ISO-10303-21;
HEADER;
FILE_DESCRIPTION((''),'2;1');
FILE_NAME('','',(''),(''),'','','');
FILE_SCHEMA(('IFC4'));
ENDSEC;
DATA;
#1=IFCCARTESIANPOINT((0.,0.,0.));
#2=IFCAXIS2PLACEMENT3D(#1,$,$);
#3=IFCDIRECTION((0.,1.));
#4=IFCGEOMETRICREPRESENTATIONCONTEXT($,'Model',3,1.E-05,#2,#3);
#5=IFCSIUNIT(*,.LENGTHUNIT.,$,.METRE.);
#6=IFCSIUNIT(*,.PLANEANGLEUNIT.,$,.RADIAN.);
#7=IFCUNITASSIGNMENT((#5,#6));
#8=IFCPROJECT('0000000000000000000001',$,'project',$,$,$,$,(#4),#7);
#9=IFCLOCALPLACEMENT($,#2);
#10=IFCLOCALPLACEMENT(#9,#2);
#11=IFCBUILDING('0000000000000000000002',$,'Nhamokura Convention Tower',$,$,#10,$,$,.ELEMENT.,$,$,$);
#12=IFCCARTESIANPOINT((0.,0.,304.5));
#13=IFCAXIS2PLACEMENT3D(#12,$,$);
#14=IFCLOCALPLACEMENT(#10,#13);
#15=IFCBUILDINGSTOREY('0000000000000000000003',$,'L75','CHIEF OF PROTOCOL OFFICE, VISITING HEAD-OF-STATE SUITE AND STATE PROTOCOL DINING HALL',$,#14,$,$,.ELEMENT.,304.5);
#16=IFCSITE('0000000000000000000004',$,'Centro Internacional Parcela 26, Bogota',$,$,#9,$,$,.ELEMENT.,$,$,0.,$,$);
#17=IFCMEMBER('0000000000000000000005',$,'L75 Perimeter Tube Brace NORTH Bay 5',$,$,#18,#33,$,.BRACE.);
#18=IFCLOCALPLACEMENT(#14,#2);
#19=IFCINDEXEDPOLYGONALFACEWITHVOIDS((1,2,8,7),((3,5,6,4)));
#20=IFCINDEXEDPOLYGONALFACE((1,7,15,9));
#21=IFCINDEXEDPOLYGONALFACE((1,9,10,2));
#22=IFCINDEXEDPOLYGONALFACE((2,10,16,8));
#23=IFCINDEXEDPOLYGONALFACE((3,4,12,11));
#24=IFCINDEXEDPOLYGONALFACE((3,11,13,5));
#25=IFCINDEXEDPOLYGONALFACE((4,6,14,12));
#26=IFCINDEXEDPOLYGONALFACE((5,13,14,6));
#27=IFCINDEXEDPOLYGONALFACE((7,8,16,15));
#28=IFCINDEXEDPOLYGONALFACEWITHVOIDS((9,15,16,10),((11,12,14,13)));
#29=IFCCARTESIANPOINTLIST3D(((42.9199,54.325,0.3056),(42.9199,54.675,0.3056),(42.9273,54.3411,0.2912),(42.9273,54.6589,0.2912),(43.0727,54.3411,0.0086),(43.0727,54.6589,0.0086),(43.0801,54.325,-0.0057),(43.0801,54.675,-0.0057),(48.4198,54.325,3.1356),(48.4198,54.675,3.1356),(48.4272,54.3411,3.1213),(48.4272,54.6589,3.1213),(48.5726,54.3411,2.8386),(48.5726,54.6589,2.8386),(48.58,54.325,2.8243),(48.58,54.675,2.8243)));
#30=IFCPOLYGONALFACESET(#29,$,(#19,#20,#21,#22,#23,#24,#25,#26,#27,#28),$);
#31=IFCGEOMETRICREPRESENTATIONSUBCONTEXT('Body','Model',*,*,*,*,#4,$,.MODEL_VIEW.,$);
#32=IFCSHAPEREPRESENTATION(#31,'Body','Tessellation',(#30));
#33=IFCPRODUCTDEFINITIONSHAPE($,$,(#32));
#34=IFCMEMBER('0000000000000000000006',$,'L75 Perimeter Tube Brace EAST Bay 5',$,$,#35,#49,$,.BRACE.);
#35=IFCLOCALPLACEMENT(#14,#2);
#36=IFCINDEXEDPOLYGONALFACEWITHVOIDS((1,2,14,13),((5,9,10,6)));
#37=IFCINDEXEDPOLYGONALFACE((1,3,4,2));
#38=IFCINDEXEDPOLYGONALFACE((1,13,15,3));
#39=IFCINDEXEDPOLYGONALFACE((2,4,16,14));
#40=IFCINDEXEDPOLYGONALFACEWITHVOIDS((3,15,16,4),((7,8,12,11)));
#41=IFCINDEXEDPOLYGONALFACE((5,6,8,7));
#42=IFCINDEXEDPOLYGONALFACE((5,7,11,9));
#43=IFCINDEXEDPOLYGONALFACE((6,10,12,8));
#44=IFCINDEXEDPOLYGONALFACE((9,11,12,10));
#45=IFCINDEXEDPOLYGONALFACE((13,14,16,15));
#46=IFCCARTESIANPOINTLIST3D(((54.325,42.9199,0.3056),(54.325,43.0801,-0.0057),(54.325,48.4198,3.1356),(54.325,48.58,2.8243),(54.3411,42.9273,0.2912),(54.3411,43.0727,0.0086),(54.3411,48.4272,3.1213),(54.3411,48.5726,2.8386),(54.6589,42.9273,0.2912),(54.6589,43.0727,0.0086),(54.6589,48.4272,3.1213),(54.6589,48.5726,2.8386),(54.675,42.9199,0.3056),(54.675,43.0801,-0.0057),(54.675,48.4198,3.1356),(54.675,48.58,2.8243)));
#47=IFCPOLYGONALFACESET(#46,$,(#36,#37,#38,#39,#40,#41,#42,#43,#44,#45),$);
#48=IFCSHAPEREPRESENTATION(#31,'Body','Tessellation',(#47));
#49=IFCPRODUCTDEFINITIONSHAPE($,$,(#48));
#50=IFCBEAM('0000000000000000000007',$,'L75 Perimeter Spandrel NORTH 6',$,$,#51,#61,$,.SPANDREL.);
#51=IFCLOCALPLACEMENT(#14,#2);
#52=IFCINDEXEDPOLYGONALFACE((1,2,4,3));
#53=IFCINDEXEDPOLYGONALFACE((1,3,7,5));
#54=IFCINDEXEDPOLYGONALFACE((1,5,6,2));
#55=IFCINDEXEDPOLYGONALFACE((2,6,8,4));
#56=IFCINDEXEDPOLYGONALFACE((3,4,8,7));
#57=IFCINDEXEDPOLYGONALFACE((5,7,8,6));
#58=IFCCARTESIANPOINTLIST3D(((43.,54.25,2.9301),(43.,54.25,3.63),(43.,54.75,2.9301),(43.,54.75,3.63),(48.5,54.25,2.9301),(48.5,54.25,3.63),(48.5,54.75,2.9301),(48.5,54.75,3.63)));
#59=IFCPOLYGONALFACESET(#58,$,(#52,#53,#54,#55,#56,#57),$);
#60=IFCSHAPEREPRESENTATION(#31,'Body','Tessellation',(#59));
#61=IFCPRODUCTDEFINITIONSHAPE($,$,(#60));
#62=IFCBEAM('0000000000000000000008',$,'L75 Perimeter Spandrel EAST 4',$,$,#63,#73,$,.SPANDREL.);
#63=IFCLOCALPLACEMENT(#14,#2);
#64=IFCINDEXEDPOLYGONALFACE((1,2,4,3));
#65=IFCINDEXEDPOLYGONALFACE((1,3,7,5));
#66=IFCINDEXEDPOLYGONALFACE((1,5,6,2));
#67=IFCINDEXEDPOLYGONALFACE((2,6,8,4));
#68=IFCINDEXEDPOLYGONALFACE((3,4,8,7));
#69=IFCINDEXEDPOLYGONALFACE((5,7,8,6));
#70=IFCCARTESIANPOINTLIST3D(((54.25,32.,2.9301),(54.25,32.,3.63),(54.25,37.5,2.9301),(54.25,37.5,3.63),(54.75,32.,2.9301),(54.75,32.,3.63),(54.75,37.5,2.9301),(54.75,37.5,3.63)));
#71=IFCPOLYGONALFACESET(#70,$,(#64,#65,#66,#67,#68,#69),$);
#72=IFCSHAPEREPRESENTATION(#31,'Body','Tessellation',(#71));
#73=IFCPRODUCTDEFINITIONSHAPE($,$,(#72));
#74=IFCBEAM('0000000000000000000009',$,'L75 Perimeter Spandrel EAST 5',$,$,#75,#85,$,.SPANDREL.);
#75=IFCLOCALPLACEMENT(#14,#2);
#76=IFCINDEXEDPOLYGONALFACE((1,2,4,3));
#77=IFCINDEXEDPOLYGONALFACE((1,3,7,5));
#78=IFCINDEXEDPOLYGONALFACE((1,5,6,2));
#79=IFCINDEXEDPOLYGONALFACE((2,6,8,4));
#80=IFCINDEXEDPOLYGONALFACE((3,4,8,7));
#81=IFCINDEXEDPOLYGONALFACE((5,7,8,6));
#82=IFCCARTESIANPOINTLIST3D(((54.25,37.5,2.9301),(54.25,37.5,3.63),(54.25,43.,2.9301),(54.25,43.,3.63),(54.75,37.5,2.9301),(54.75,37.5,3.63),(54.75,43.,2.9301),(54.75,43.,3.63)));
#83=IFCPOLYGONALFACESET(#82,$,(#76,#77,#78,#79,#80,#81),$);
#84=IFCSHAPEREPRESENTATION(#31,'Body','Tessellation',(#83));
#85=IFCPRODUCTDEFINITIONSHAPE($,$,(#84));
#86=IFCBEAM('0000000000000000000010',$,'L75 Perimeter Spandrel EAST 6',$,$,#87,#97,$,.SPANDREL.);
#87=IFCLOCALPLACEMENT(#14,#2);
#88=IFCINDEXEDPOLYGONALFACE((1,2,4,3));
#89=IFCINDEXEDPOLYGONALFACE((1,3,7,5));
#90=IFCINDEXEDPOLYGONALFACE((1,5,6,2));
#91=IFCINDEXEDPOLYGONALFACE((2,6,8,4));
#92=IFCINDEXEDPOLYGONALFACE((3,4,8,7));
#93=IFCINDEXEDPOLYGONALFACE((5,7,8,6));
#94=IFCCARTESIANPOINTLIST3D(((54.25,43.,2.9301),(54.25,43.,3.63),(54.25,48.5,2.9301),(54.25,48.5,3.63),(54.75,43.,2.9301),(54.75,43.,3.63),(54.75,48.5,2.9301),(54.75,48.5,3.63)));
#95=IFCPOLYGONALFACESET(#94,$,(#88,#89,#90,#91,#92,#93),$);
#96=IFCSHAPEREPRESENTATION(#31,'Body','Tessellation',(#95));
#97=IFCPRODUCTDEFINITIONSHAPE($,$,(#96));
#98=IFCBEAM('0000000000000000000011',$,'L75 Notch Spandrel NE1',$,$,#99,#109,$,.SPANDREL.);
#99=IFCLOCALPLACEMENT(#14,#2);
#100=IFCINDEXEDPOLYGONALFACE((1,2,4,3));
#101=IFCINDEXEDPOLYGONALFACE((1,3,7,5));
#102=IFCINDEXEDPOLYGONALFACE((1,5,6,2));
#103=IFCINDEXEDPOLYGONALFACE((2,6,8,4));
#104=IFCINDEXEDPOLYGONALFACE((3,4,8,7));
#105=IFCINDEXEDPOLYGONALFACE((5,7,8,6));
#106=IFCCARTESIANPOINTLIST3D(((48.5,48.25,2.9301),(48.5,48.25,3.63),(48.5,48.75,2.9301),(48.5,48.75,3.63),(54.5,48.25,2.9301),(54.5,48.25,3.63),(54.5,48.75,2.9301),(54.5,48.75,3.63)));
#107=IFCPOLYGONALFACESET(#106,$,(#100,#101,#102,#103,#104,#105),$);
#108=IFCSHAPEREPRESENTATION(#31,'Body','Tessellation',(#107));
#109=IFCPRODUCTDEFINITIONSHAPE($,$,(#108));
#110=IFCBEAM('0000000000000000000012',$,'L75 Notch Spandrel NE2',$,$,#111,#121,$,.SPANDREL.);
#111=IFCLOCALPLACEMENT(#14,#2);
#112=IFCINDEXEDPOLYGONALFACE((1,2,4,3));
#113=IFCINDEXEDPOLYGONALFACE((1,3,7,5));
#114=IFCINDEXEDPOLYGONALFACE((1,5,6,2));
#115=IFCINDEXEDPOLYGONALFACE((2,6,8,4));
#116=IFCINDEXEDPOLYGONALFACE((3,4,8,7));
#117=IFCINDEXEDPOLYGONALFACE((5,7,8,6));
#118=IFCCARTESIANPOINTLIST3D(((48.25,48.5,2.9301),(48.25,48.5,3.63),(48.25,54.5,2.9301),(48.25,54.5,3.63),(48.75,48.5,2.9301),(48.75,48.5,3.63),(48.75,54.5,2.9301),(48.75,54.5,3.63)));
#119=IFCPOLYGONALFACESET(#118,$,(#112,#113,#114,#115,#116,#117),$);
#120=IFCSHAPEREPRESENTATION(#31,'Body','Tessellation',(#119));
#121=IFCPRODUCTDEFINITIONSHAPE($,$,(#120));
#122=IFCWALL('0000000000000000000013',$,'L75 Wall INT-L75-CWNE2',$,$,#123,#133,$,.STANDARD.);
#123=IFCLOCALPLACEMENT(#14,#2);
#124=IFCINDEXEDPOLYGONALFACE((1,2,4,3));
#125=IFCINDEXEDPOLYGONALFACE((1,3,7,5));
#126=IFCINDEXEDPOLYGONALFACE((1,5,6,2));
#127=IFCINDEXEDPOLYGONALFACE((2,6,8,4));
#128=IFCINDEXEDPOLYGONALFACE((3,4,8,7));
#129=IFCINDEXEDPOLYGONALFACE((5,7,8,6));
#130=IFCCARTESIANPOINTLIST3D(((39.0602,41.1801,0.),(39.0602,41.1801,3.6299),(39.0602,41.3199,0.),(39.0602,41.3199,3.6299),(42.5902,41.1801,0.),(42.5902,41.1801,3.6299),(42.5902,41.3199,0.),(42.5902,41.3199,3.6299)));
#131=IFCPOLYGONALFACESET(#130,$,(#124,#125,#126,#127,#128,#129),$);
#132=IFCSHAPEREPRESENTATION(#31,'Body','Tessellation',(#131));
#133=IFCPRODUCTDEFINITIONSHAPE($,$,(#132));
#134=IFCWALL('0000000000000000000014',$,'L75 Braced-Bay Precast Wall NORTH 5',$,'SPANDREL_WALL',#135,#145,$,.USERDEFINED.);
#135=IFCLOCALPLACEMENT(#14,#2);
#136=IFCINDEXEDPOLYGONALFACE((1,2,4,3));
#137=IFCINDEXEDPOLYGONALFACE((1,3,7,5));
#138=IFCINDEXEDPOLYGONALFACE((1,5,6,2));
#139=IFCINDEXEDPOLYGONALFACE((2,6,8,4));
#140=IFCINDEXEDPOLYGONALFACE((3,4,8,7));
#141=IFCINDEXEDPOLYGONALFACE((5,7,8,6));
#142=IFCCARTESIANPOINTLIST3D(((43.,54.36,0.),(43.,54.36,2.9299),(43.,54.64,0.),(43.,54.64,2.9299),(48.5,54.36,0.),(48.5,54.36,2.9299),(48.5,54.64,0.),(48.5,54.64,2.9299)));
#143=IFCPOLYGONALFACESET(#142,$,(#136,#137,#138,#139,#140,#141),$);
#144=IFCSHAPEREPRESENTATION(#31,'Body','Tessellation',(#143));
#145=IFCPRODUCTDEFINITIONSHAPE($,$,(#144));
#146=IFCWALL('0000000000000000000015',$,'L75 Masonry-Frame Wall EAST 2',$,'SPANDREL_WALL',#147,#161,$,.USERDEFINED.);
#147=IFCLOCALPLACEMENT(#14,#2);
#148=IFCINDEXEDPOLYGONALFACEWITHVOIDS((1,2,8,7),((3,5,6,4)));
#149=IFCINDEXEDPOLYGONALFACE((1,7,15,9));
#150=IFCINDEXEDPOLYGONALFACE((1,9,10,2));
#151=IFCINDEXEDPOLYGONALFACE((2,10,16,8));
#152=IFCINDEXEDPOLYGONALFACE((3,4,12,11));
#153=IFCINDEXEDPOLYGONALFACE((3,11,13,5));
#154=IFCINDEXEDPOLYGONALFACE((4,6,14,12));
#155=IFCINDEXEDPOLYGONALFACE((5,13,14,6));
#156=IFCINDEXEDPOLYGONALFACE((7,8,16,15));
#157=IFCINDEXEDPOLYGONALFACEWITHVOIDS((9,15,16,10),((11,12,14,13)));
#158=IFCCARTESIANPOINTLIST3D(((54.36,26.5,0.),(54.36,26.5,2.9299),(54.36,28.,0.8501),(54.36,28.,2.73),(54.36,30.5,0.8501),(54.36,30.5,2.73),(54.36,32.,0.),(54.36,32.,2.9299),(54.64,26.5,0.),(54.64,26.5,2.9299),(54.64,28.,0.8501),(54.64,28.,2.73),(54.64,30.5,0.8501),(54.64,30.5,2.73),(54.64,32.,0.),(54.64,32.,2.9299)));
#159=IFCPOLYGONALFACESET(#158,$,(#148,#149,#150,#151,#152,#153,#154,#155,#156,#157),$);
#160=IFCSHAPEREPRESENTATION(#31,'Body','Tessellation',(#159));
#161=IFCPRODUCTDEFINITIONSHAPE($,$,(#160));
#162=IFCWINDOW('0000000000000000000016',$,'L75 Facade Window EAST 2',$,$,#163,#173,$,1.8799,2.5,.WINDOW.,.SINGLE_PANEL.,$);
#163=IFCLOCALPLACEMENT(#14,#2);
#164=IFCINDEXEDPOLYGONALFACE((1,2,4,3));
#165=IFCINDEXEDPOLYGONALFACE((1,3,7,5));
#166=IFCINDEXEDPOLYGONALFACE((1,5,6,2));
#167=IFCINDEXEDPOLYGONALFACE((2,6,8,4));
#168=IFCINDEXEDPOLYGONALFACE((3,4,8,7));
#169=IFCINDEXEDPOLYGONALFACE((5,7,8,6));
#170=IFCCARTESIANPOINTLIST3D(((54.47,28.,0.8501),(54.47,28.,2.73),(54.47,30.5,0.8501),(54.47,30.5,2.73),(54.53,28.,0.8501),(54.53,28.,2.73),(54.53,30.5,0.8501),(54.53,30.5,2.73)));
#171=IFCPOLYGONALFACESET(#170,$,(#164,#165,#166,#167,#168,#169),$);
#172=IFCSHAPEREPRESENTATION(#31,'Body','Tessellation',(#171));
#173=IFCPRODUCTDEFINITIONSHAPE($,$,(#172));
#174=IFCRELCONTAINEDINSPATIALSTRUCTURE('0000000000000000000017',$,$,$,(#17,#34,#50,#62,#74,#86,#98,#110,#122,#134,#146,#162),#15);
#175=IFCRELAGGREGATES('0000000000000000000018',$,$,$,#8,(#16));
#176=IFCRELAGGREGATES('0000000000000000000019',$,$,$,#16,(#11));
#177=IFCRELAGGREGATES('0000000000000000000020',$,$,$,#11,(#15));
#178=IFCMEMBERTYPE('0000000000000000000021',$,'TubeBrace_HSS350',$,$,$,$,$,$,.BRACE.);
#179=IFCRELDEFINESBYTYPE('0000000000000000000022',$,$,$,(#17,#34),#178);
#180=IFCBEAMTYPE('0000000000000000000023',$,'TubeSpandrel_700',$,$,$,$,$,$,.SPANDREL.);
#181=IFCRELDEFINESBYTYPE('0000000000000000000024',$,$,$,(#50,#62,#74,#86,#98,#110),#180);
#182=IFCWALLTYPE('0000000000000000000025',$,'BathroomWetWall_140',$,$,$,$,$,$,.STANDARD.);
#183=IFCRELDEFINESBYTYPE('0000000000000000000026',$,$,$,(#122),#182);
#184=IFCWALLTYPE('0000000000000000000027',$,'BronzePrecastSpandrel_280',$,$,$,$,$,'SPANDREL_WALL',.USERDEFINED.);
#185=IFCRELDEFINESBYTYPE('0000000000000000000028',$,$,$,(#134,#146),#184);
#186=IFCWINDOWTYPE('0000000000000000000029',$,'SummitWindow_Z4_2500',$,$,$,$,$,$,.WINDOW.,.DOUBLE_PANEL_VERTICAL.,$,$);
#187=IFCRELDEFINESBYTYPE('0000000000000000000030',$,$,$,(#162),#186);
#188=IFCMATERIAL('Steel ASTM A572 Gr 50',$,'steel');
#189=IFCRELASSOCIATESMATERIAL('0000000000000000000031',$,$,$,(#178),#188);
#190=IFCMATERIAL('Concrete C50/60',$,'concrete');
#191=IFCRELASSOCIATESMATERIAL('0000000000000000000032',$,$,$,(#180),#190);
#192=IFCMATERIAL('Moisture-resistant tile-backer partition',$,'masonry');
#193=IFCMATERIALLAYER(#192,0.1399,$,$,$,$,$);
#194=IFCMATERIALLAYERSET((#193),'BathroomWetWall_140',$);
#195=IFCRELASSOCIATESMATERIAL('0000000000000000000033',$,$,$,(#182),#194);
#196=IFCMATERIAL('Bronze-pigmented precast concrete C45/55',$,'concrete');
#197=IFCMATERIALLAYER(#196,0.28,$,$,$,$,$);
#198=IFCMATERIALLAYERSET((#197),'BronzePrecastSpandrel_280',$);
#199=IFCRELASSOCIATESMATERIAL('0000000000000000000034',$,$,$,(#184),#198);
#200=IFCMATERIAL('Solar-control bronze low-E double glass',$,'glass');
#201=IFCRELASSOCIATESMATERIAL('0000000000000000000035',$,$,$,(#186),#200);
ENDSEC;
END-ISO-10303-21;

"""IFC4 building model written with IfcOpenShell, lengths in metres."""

from ifc_helpers import new_model, si_unit, direction, frame, frame_2d, origin, origin_2d, place, context, subcontext, project, spatial, rectangle, hollow_rectangle, extrude, material, layer, layer_set, material_profile, profile_set, type_object, element, fill, save


model = new_model("IFC4")

# Units and contexts
model_context = context("Model", 3, precision=1e-05, world=origin(), true_north=direction((0.0, 1.0)))
body_context = subcontext(model_context, "Body", "Model", "MODEL_VIEW")
ifc_project = project(units=[si_unit("LENGTHUNIT", "METRE"), si_unit("PLANEANGLEUNIT", "RADIAN")], contexts=[model_context])

# Site, building, storey
site_placement = place(None, origin())
site = spatial("IfcSite", under=ifc_project, at=site_placement, Name="Centro Internacional Parcela 26, Bogota", CompositionType="ELEMENT", RefElevation=0.0)
building_placement = place(site_placement, origin())
building = spatial("IfcBuilding", under=site, at=building_placement, Name="Nhamokura Convention Tower", CompositionType="ELEMENT")
storey_placement = place(building_placement, frame((0.0, 0.0, 304.5)))
storey = spatial("IfcBuildingStorey", under=building, at=storey_placement, Name="L75", Description="CHIEF OF PROTOCOL OFFICE, VISITING HEAD-OF-STATE SUITE AND STATE PROTOCOL DINING HALL", CompositionType="ELEMENT", Elevation=304.5)

# Members
ifc_material_1 = material(Name="Steel ASTM A572 Gr 50", Category="steel")
ifc_material_profile_1 = material_profile(ifc_material_1, hollow_rectangle(XDim=0.3501, YDim=0.3501, WallThickness=0.0161, at=origin_2d()))
ifc_profile_set_1 = profile_set([ifc_material_profile_1], Name="Steel ASTM A572 Gr 50")
member_type_1 = type_object("IfcMemberType", Name="TubeBrace_HSS350", PredefinedType="BRACE", material=ifc_profile_set_1)
for number, where, z_axis, x_axis, name in (
    (1, (43.0, 54.5, 0.1499), (0.889189, 0.0, 0.457541), (0.0, 1.0, 0.0), "L75 Perimeter Tube Brace NORTH Bay 5"),
    (2, (54.5, 43.0, 0.1499), (0.0, 0.889189, 0.457541), (-1.0, 0.0, 0.0), "L75 Perimeter Tube Brace EAST Bay 5"),
):
    element("IfcMember", number, at=place(storey_placement, frame(where, z_axis=z_axis, x_axis=x_axis)), inside=storey, type_object=member_type_1, Name=name, PredefinedType="BRACE", context=body_context, shape_type="SweptSolid", body=[
        extrude(hollow_rectangle(XDim=0.3501, YDim=0.3501, WallThickness=0.0161, at=origin_2d()), origin(), (0.0, 0.0, 1.0), 6.1853),
    ])

# Beams
ifc_material_2 = material(Name="Concrete C50/60", Category="concrete")
ifc_material_profile_2 = material_profile(ifc_material_2, rectangle(XDim=0.5, YDim=0.7, at=origin_2d()))
ifc_profile_set_2 = profile_set([ifc_material_profile_2], Name="Concrete C50/60")
beam_type_1 = type_object("IfcBeamType", Name="TubeSpandrel_700", PredefinedType="SPANDREL", material=ifc_profile_set_2)
for number, where, z_axis, x_axis, name in (
    (3, (43.0, 54.5, 3.28), (1.0, 0.0, 0.0), (0.0, 1.0, 0.0), "L75 Perimeter Spandrel NORTH 6"),
    (4, (54.5, 32.0, 3.28), (0.0, 1.0, 0.0), (-1.0, 0.0, 0.0), "L75 Perimeter Spandrel EAST 4"),
    (5, (54.5, 37.5, 3.28), (0.0, 1.0, 0.0), (-1.0, 0.0, 0.0), "L75 Perimeter Spandrel EAST 5"),
    (6, (54.5, 43.0, 3.28), (0.0, 1.0, 0.0), (-1.0, 0.0, 0.0), "L75 Perimeter Spandrel EAST 6"),
):
    element("IfcBeam", number, at=place(storey_placement, frame(where, z_axis=z_axis, x_axis=x_axis)), inside=storey, type_object=beam_type_1, Name=name, PredefinedType="SPANDREL", context=body_context, shape_type="SweptSolid", body=[
        extrude(rectangle(XDim=0.5, YDim=0.7, at=origin_2d()), origin(), (0.0, 0.0, 1.0), 5.5),
    ])
for number, where, z_axis, x_axis, name in (
    (7, (54.5, 48.5, 3.28), (-1.0, 0.0, 0.0), (0.0, -1.0, 0.0), "L75 Notch Spandrel NE1"),
    (8, (48.5, 48.5, 3.28), (0.0, 1.0, 0.0), (-1.0, 0.0, 0.0), "L75 Notch Spandrel NE2"),
):
    element("IfcBeam", number, at=place(storey_placement, frame(where, z_axis=z_axis, x_axis=x_axis)), inside=storey, type_object=beam_type_1, Name=name, PredefinedType="SPANDREL", context=body_context, shape_type="SweptSolid", body=[
        extrude(rectangle(XDim=0.5, YDim=0.7, at=origin_2d()), origin(), (0.0, 0.0, 1.0), 6.0),
    ])

# Walls
ifc_material_3 = material(Name="Moisture-resistant tile-backer partition", Category="masonry")
ifc_layer_1 = layer(ifc_material_3, 0.1399)
ifc_layer_set_1 = layer_set([ifc_layer_1], Name="BathroomWetWall_140")
wall_type_1 = type_object("IfcWallType", Name="BathroomWetWall_140", PredefinedType="STANDARD", material=ifc_layer_set_1)
wall_1_placement = place(storey_placement, frame((39.0601, 41.25, 0.0), z_axis=(0.0, 0.0, 1.0), x_axis=(1.0, 0.0, 0.0)))
element("IfcWall", 9, at=wall_1_placement, inside=storey, type_object=wall_type_1, Name="L75 Wall INT-L75-CWNE2", PredefinedType="STANDARD", context=body_context, shape_type="SweptSolid", body=[
    extrude(rectangle(XDim=3.53, YDim=0.1399, at=frame_2d((1.7651, 0.0))), origin(), (0.0, 0.0, 1.0), 3.6299),
])
ifc_material_4 = material(Name="Bronze-pigmented precast concrete C45/55", Category="concrete")
ifc_layer_2 = layer(ifc_material_4, 0.28)
ifc_layer_set_2 = layer_set([ifc_layer_2], Name="BronzePrecastSpandrel_280")
wall_type_2 = type_object("IfcWallType", Name="BronzePrecastSpandrel_280", ElementType="SPANDREL_WALL", PredefinedType="USERDEFINED", material=ifc_layer_set_2)
wall_2_placement = place(storey_placement, frame((43.0, 54.5, 0.0), z_axis=(0.0, 0.0, 1.0), x_axis=(1.0, 0.0, 0.0)))
element("IfcWall", 10, at=wall_2_placement, inside=storey, type_object=wall_type_2, Name="L75 Braced-Bay Precast Wall NORTH 5", ObjectType="SPANDREL_WALL", PredefinedType="USERDEFINED", context=body_context, shape_type="SweptSolid", body=[
    extrude(rectangle(XDim=5.5, YDim=0.28, at=frame_2d((2.75, 0.0))), origin(), (0.0, 0.0, 1.0), 2.9299),
])

# Wall, opening, window
wall_3_placement = place(storey_placement, frame((54.5, 32.0, 0.0), z_axis=(0.0, 0.0, 1.0), x_axis=(0.0, -1.0, 0.0)))
wall_3 = element("IfcWall", 11, at=wall_3_placement, inside=storey, type_object=wall_type_2, Name="L75 Masonry-Frame Wall EAST 2", ObjectType="SPANDREL_WALL", PredefinedType="USERDEFINED", context=body_context, shape_type="SweptSolid", body=[
    extrude(rectangle(XDim=5.5, YDim=0.28, at=frame_2d((2.75, 0.0))), origin(), (0.0, 0.0, 1.0), 2.9299),
])
opening_1_placement = place(wall_3_placement, frame((1.5, 0.0, 0.8501)))
opening_1 = element("IfcOpeningElement", 12, at=opening_1_placement, cuts=wall_3, PredefinedType="OPENING", context=body_context, shape_type="SweptSolid", body=[
    extrude(rectangle(XDim=2.5, YDim=1.8799, at=frame_2d((1.25, 0.9399))), frame((0.0, 0.1499, 0.0), z_axis=(0.0, -1.0, 0.0), x_axis=(1.0, 0.0, 0.0)), (0.0, 0.0, 1.0), 0.3),
])
ifc_material_5 = material(Name="Solar-control bronze low-E double glass", Category="glass")
window_type_1 = type_object("IfcWindowType", Name="SummitWindow_Z4_2500", PartitioningType="DOUBLE_PANEL_VERTICAL", PredefinedType="WINDOW", material=ifc_material_5)
window_1_placement = place(opening_1_placement, origin())
window_1 = element("IfcWindow", 13, at=window_1_placement, inside=storey, type_object=window_type_1, Name="L75 Facade Window EAST 2", OverallHeight=1.8799, OverallWidth=2.5, PartitioningType="SINGLE_PANEL", PredefinedType="WINDOW", context=body_context, shape_type="SweptSolid", body=[
    extrude(rectangle(XDim=2.5, YDim=1.8799, at=frame_2d((1.25, 0.9399))), frame((0.0, 0.03, 0.0), z_axis=(0.0, -1.0, 0.0), x_axis=(1.0, 0.0, 0.0)), (0.0, 0.0, 1.0), 0.0601),
])
fill(opening_1, window_1)

save(model, "model.ifc")
